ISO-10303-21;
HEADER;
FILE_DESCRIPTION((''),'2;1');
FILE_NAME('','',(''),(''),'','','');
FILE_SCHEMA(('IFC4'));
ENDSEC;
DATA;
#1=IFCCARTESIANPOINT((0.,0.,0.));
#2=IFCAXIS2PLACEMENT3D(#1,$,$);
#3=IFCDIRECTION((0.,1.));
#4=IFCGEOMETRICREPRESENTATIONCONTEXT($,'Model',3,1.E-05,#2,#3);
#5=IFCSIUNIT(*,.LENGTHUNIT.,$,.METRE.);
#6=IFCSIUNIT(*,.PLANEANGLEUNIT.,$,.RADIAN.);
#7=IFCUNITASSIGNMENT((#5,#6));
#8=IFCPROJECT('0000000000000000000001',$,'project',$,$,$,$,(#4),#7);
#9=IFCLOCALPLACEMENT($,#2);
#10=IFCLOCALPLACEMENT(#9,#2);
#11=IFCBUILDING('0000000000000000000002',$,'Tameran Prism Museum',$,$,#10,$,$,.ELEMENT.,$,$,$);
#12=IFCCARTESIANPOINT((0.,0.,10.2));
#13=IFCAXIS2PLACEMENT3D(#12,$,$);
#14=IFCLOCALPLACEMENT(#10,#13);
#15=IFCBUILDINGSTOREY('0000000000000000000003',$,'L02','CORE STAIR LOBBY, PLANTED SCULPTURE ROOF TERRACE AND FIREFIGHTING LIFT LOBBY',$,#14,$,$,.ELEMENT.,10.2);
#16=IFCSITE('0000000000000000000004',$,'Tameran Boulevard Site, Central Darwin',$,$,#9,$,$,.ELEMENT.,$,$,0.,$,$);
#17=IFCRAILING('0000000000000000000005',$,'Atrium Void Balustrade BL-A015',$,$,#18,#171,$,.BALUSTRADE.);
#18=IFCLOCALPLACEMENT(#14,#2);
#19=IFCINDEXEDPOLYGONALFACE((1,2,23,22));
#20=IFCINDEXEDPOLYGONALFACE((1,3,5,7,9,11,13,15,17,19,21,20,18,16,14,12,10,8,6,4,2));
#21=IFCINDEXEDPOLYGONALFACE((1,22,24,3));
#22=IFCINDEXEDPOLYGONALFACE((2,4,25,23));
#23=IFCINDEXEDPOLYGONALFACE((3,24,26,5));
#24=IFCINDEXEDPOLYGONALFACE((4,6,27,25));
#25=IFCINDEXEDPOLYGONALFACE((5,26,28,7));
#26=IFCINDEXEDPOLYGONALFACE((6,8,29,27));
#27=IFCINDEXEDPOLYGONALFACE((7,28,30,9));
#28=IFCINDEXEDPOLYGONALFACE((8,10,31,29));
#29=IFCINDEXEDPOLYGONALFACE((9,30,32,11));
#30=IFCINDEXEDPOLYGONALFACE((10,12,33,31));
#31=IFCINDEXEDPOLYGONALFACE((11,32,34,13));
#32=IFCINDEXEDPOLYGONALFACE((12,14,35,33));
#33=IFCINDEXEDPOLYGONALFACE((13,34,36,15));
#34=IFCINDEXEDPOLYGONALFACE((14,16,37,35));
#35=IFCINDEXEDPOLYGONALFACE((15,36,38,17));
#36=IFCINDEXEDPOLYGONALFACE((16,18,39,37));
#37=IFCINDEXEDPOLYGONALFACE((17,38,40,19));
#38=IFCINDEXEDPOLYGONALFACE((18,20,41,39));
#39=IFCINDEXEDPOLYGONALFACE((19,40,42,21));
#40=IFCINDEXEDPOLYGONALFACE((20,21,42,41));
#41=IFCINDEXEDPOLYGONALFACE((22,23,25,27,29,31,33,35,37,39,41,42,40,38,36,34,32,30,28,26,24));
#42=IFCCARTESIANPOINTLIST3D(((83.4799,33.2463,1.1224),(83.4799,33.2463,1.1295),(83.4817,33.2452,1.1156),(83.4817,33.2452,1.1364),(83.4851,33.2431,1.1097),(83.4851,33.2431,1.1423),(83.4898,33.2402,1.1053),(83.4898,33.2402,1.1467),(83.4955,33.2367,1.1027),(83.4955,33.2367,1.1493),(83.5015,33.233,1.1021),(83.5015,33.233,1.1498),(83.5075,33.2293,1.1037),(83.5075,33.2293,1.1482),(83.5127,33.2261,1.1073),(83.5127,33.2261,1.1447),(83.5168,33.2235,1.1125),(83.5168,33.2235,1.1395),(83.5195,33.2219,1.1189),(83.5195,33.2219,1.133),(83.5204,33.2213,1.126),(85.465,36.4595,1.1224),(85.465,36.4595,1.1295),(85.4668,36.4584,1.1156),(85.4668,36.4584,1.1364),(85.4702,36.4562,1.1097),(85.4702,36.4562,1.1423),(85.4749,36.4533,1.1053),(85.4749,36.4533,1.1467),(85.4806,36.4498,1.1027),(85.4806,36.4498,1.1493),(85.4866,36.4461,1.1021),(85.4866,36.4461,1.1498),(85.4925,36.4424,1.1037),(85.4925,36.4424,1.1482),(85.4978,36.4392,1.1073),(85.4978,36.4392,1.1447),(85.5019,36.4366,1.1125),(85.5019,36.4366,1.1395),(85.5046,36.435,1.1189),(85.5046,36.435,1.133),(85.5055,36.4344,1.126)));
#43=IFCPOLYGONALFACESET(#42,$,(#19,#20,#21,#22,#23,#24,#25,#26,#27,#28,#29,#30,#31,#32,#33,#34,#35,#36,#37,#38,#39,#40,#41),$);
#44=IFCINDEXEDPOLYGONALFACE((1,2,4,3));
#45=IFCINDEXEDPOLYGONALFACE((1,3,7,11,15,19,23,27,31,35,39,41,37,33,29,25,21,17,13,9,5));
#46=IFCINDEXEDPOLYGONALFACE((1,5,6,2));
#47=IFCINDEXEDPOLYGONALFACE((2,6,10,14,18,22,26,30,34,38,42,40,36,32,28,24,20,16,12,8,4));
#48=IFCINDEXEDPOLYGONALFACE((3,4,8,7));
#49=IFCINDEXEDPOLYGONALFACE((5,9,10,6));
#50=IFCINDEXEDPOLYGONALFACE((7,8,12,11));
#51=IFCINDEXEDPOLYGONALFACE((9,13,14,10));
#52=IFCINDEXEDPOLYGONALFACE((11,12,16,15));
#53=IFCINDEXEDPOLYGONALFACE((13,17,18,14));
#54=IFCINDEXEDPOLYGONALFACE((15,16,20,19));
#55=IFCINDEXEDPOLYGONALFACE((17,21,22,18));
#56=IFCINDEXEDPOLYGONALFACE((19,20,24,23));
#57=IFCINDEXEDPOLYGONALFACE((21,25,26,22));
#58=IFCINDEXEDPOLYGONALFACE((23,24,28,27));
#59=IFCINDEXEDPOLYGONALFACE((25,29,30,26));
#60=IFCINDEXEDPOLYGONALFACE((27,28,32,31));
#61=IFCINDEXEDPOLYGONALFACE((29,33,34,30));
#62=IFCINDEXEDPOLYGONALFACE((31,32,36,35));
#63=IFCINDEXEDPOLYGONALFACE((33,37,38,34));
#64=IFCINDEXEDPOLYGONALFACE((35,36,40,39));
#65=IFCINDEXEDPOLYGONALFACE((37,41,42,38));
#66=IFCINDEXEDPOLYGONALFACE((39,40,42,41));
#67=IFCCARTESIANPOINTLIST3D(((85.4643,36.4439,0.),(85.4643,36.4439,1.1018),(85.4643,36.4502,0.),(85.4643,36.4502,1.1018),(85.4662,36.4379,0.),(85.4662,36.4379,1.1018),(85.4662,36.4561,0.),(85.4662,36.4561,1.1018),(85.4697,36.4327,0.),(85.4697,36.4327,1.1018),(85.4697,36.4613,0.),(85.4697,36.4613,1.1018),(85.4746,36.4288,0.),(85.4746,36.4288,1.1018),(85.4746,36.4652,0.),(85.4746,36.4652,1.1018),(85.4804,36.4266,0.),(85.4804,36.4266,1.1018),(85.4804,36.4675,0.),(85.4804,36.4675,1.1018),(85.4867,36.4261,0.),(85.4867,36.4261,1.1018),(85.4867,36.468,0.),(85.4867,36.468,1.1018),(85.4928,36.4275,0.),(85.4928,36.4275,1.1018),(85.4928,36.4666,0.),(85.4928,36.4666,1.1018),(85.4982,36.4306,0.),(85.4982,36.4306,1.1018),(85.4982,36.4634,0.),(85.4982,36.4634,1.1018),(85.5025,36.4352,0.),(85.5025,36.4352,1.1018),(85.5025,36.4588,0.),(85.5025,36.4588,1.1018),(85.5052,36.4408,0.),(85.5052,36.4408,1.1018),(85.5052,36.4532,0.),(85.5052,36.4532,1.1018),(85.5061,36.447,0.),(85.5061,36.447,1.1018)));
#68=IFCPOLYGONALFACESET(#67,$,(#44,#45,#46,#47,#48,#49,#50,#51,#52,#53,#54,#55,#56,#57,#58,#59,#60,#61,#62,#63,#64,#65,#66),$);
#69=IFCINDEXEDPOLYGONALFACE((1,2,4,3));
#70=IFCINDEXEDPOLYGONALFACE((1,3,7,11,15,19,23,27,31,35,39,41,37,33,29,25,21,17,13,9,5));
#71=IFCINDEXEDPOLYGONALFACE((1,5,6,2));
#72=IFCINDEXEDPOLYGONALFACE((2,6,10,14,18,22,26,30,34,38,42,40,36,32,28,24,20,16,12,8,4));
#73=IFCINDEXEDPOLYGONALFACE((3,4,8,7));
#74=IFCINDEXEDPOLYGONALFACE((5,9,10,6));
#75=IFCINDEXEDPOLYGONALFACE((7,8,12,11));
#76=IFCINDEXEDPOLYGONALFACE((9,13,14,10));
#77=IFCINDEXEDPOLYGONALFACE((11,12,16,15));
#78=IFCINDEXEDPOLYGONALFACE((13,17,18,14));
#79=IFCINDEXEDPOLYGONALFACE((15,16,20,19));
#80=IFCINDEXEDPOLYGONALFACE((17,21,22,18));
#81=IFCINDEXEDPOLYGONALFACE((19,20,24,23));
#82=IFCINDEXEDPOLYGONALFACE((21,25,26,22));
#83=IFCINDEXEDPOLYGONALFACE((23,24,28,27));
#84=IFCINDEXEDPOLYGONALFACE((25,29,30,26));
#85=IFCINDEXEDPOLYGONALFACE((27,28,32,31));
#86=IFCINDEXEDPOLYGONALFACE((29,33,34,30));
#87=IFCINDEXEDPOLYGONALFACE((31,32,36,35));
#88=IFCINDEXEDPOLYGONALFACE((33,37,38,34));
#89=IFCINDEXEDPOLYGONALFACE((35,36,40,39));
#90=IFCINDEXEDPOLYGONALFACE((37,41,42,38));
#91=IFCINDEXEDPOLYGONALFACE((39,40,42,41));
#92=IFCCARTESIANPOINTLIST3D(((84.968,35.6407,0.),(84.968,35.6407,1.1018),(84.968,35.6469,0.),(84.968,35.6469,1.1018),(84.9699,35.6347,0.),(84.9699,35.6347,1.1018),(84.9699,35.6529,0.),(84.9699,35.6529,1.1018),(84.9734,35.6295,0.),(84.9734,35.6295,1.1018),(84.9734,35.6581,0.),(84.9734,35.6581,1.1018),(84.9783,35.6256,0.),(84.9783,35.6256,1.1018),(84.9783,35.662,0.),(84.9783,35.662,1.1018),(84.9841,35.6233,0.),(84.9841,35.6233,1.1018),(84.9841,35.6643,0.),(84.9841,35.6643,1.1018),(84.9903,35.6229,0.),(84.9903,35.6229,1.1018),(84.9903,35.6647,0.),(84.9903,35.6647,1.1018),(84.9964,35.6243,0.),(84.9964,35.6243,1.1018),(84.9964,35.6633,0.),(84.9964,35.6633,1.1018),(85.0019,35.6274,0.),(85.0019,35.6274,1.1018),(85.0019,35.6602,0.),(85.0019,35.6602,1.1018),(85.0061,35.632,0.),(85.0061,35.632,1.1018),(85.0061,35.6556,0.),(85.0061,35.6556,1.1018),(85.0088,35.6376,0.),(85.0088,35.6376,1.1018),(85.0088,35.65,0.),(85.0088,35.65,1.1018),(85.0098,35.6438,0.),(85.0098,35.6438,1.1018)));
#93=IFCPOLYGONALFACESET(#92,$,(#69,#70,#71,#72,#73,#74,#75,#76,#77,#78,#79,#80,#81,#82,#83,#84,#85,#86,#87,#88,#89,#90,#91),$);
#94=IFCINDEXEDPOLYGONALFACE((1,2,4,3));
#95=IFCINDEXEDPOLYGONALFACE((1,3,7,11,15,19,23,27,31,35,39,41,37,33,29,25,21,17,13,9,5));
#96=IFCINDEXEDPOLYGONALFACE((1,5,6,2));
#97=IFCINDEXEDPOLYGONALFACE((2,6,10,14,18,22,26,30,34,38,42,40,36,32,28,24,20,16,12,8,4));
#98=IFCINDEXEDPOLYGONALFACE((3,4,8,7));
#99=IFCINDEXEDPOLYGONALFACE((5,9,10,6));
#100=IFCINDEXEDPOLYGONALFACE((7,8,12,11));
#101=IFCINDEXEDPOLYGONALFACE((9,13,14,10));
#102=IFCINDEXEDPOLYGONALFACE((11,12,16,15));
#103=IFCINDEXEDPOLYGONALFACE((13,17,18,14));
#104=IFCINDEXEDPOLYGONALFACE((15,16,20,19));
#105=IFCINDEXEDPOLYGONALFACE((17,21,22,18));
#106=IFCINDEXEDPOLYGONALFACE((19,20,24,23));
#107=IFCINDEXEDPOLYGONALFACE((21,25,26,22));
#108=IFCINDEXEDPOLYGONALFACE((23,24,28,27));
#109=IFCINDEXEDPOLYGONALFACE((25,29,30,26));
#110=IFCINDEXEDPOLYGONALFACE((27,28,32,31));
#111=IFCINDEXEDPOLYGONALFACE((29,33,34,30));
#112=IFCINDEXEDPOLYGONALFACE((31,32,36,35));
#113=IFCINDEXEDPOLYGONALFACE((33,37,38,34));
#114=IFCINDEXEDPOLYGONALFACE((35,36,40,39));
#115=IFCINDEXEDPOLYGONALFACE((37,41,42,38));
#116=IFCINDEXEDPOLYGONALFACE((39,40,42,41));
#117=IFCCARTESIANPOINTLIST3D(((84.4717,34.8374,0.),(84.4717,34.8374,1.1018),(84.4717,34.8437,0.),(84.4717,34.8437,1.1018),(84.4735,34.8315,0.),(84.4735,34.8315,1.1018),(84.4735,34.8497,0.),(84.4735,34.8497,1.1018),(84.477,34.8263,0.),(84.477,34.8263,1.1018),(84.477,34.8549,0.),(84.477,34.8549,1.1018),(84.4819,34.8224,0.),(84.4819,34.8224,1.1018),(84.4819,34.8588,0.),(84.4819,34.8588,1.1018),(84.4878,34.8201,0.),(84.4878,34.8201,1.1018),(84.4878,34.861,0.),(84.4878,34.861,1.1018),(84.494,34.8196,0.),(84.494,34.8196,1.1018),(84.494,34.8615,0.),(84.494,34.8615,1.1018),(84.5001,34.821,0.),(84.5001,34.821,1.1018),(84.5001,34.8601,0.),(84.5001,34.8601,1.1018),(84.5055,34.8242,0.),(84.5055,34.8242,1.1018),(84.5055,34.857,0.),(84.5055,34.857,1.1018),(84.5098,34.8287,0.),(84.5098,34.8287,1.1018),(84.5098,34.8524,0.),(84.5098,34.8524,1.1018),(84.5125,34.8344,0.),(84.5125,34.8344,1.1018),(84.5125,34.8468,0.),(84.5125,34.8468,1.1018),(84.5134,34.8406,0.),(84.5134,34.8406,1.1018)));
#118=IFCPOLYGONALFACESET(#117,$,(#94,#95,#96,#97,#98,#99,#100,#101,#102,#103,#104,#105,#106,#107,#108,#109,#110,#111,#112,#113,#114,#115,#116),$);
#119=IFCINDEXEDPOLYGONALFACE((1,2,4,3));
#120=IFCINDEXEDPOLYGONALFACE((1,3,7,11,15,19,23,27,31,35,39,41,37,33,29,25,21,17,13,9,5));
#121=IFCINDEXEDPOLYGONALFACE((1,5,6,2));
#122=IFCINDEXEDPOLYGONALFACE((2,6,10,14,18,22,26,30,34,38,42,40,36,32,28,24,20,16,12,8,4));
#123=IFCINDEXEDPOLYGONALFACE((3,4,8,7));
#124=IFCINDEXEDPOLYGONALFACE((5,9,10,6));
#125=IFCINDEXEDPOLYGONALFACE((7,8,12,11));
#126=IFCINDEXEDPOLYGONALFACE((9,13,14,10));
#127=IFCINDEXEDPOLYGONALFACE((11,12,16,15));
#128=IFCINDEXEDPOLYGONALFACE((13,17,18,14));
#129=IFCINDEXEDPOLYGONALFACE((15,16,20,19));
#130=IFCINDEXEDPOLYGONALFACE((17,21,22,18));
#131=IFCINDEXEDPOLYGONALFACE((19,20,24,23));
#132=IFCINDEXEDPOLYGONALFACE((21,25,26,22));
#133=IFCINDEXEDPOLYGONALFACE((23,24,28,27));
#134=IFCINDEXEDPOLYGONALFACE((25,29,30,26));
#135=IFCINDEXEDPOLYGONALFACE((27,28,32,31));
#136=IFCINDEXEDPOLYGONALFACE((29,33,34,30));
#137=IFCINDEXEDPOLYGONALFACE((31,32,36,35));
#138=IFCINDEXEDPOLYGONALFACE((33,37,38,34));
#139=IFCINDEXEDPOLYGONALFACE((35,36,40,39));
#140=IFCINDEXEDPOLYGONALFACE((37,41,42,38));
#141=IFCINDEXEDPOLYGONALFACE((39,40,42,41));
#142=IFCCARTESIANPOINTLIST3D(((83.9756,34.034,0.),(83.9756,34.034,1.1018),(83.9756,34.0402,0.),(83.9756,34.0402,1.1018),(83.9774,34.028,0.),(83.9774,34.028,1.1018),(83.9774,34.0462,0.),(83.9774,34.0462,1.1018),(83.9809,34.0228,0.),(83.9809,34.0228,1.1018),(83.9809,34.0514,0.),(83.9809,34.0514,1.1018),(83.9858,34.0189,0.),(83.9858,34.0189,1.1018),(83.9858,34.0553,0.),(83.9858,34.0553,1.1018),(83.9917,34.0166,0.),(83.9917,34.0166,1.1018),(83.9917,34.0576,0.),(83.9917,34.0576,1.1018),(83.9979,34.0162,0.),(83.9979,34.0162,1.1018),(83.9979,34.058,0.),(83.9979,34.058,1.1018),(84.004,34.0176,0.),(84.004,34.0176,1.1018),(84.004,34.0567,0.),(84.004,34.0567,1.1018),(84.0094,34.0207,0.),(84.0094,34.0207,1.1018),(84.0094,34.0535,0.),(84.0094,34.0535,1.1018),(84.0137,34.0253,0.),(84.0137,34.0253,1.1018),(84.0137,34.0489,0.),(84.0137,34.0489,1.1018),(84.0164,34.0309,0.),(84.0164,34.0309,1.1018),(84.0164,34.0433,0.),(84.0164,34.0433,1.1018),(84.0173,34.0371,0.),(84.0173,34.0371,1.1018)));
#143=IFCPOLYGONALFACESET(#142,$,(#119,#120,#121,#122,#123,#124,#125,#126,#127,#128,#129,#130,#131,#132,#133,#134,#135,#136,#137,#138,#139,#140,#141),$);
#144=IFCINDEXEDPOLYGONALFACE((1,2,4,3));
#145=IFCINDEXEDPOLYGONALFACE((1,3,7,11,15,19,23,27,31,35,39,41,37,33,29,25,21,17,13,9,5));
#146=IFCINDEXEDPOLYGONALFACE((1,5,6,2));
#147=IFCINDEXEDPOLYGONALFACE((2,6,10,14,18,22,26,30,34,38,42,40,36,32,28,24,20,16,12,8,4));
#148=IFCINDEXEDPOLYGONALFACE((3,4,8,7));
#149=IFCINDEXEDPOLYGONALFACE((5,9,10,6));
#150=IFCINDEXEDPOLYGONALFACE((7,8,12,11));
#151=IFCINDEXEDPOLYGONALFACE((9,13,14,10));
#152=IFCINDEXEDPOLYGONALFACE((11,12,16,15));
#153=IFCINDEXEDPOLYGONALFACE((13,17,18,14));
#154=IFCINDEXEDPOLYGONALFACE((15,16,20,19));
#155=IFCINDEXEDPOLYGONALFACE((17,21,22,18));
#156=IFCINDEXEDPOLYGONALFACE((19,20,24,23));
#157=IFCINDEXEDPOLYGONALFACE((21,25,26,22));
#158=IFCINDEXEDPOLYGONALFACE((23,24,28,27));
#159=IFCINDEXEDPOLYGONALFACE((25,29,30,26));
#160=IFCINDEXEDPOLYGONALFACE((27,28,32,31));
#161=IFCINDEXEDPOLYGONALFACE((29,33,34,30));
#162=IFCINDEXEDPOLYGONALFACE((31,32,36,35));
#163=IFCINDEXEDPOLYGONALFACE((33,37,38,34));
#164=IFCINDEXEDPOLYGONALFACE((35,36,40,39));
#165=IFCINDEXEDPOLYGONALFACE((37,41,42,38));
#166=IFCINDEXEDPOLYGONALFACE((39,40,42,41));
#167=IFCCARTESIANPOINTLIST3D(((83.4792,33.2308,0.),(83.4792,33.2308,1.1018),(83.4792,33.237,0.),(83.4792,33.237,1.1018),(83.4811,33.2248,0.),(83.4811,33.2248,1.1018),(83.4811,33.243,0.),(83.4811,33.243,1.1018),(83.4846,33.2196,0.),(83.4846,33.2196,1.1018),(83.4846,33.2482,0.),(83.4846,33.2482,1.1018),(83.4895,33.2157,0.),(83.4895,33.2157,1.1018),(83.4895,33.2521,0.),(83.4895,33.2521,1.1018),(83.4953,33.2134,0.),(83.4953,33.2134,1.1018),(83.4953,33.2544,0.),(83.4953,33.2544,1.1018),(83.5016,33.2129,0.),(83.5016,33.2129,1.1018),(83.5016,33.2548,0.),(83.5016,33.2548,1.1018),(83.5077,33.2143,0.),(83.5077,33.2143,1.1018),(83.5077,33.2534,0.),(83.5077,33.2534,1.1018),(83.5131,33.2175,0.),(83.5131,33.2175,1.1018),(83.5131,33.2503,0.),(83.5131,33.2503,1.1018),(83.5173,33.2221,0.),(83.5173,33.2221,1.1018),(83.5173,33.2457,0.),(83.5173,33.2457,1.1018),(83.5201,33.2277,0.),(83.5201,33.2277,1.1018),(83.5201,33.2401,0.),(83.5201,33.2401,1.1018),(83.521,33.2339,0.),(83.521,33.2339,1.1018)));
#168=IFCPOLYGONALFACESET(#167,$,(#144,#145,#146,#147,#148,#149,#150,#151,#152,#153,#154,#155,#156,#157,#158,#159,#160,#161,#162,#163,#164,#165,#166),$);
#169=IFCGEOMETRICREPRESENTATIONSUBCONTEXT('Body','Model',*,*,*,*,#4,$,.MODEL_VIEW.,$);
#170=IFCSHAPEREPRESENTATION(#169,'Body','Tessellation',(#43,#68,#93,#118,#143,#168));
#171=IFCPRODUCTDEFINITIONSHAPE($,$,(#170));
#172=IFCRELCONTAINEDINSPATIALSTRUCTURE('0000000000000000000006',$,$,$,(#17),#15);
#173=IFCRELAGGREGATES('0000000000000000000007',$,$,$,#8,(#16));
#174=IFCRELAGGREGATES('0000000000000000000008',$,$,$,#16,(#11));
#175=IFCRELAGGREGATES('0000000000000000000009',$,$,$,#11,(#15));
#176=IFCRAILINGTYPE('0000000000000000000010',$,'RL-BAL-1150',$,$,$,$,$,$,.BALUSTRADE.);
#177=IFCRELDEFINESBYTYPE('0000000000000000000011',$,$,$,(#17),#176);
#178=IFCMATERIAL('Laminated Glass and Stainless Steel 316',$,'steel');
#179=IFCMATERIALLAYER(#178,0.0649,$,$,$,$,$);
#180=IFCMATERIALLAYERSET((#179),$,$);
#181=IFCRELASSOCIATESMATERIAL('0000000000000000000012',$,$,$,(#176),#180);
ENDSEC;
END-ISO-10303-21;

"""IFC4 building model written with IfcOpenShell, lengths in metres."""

from ifc_helpers import new_model, si_unit, direction, frame, origin, origin_2d, place, context, subcontext, project, spatial, circle, extrude, material, layer, layer_set, type_object, element, save


model = new_model("IFC4")

# Units and contexts
model_context = context("Model", 3, precision=1e-05, world=origin(), true_north=direction((0.0, 1.0)))
body_context = subcontext(model_context, "Body", "Model", "MODEL_VIEW")
ifc_project = project(units=[si_unit("LENGTHUNIT", "METRE"), si_unit("PLANEANGLEUNIT", "RADIAN")], contexts=[model_context])

# Site, building, storey
site_placement = place(None, origin())
site = spatial("IfcSite", under=ifc_project, at=site_placement, Name="Tameran Boulevard Site, Central Darwin", CompositionType="ELEMENT", RefElevation=0.0)
building_placement = place(site_placement, origin())
building = spatial("IfcBuilding", under=site, at=building_placement, Name="Tameran Prism Museum", CompositionType="ELEMENT")
storey_placement = place(building_placement, frame((0.0, 0.0, 10.2)))
storey = spatial("IfcBuildingStorey", under=building, at=storey_placement, Name="L02", Description="CORE STAIR LOBBY, PLANTED SCULPTURE ROOF TERRACE AND FIREFIGHTING LIFT LOBBY", CompositionType="ELEMENT", Elevation=10.2)

# Railing
ifc_material_1 = material(Name="Laminated Glass and Stainless Steel 316", Category="steel")
ifc_layer_1 = layer(ifc_material_1, 0.0649)
ifc_layer_set_1 = layer_set([ifc_layer_1])
railing_type = type_object("IfcRailingType", Name="RL-BAL-1150", PredefinedType="BALUSTRADE", material=ifc_layer_set_1)
railing_1_placement = place(storey_placement, frame((85.4851, 36.447, 0.0)))
element("IfcRailing", 1, at=railing_1_placement, inside=storey, type_object=railing_type, Name="Atrium Void Balustrade BL-A015", PredefinedType="BALUSTRADE", context=body_context, shape_type="SweptSolid", body=[
    extrude(circle(Radius=0.0239, at=origin_2d()), frame((0.0, 0.0, 1.126), z_axis=(-0.525593, -0.850736, 0.0), x_axis=(0.850736, -0.525593, 0.0)), (0.0, 0.0, 1.0), 3.7769),
    extrude(circle(Radius=0.021, at=origin_2d()), origin(), (0.0, 0.0, 1.0), 1.1018),
    extrude(circle(Radius=0.021, at=origin_2d()), frame((-0.4963, -0.8032, 0.0)), (0.0, 0.0, 1.0), 1.1018),
    extrude(circle(Radius=0.021, at=origin_2d()), frame((-0.9927, -1.6064, 0.0)), (0.0, 0.0, 1.0), 1.1018),
    extrude(circle(Radius=0.021, at=origin_2d()), frame((-1.4888, -2.4099, 0.0)), (0.0, 0.0, 1.0), 1.1018),
    extrude(circle(Radius=0.021, at=origin_2d()), frame((-1.9851, -3.2131, 0.0)), (0.0, 0.0, 1.0), 1.1018),
])

save(model, "model.ifc")
